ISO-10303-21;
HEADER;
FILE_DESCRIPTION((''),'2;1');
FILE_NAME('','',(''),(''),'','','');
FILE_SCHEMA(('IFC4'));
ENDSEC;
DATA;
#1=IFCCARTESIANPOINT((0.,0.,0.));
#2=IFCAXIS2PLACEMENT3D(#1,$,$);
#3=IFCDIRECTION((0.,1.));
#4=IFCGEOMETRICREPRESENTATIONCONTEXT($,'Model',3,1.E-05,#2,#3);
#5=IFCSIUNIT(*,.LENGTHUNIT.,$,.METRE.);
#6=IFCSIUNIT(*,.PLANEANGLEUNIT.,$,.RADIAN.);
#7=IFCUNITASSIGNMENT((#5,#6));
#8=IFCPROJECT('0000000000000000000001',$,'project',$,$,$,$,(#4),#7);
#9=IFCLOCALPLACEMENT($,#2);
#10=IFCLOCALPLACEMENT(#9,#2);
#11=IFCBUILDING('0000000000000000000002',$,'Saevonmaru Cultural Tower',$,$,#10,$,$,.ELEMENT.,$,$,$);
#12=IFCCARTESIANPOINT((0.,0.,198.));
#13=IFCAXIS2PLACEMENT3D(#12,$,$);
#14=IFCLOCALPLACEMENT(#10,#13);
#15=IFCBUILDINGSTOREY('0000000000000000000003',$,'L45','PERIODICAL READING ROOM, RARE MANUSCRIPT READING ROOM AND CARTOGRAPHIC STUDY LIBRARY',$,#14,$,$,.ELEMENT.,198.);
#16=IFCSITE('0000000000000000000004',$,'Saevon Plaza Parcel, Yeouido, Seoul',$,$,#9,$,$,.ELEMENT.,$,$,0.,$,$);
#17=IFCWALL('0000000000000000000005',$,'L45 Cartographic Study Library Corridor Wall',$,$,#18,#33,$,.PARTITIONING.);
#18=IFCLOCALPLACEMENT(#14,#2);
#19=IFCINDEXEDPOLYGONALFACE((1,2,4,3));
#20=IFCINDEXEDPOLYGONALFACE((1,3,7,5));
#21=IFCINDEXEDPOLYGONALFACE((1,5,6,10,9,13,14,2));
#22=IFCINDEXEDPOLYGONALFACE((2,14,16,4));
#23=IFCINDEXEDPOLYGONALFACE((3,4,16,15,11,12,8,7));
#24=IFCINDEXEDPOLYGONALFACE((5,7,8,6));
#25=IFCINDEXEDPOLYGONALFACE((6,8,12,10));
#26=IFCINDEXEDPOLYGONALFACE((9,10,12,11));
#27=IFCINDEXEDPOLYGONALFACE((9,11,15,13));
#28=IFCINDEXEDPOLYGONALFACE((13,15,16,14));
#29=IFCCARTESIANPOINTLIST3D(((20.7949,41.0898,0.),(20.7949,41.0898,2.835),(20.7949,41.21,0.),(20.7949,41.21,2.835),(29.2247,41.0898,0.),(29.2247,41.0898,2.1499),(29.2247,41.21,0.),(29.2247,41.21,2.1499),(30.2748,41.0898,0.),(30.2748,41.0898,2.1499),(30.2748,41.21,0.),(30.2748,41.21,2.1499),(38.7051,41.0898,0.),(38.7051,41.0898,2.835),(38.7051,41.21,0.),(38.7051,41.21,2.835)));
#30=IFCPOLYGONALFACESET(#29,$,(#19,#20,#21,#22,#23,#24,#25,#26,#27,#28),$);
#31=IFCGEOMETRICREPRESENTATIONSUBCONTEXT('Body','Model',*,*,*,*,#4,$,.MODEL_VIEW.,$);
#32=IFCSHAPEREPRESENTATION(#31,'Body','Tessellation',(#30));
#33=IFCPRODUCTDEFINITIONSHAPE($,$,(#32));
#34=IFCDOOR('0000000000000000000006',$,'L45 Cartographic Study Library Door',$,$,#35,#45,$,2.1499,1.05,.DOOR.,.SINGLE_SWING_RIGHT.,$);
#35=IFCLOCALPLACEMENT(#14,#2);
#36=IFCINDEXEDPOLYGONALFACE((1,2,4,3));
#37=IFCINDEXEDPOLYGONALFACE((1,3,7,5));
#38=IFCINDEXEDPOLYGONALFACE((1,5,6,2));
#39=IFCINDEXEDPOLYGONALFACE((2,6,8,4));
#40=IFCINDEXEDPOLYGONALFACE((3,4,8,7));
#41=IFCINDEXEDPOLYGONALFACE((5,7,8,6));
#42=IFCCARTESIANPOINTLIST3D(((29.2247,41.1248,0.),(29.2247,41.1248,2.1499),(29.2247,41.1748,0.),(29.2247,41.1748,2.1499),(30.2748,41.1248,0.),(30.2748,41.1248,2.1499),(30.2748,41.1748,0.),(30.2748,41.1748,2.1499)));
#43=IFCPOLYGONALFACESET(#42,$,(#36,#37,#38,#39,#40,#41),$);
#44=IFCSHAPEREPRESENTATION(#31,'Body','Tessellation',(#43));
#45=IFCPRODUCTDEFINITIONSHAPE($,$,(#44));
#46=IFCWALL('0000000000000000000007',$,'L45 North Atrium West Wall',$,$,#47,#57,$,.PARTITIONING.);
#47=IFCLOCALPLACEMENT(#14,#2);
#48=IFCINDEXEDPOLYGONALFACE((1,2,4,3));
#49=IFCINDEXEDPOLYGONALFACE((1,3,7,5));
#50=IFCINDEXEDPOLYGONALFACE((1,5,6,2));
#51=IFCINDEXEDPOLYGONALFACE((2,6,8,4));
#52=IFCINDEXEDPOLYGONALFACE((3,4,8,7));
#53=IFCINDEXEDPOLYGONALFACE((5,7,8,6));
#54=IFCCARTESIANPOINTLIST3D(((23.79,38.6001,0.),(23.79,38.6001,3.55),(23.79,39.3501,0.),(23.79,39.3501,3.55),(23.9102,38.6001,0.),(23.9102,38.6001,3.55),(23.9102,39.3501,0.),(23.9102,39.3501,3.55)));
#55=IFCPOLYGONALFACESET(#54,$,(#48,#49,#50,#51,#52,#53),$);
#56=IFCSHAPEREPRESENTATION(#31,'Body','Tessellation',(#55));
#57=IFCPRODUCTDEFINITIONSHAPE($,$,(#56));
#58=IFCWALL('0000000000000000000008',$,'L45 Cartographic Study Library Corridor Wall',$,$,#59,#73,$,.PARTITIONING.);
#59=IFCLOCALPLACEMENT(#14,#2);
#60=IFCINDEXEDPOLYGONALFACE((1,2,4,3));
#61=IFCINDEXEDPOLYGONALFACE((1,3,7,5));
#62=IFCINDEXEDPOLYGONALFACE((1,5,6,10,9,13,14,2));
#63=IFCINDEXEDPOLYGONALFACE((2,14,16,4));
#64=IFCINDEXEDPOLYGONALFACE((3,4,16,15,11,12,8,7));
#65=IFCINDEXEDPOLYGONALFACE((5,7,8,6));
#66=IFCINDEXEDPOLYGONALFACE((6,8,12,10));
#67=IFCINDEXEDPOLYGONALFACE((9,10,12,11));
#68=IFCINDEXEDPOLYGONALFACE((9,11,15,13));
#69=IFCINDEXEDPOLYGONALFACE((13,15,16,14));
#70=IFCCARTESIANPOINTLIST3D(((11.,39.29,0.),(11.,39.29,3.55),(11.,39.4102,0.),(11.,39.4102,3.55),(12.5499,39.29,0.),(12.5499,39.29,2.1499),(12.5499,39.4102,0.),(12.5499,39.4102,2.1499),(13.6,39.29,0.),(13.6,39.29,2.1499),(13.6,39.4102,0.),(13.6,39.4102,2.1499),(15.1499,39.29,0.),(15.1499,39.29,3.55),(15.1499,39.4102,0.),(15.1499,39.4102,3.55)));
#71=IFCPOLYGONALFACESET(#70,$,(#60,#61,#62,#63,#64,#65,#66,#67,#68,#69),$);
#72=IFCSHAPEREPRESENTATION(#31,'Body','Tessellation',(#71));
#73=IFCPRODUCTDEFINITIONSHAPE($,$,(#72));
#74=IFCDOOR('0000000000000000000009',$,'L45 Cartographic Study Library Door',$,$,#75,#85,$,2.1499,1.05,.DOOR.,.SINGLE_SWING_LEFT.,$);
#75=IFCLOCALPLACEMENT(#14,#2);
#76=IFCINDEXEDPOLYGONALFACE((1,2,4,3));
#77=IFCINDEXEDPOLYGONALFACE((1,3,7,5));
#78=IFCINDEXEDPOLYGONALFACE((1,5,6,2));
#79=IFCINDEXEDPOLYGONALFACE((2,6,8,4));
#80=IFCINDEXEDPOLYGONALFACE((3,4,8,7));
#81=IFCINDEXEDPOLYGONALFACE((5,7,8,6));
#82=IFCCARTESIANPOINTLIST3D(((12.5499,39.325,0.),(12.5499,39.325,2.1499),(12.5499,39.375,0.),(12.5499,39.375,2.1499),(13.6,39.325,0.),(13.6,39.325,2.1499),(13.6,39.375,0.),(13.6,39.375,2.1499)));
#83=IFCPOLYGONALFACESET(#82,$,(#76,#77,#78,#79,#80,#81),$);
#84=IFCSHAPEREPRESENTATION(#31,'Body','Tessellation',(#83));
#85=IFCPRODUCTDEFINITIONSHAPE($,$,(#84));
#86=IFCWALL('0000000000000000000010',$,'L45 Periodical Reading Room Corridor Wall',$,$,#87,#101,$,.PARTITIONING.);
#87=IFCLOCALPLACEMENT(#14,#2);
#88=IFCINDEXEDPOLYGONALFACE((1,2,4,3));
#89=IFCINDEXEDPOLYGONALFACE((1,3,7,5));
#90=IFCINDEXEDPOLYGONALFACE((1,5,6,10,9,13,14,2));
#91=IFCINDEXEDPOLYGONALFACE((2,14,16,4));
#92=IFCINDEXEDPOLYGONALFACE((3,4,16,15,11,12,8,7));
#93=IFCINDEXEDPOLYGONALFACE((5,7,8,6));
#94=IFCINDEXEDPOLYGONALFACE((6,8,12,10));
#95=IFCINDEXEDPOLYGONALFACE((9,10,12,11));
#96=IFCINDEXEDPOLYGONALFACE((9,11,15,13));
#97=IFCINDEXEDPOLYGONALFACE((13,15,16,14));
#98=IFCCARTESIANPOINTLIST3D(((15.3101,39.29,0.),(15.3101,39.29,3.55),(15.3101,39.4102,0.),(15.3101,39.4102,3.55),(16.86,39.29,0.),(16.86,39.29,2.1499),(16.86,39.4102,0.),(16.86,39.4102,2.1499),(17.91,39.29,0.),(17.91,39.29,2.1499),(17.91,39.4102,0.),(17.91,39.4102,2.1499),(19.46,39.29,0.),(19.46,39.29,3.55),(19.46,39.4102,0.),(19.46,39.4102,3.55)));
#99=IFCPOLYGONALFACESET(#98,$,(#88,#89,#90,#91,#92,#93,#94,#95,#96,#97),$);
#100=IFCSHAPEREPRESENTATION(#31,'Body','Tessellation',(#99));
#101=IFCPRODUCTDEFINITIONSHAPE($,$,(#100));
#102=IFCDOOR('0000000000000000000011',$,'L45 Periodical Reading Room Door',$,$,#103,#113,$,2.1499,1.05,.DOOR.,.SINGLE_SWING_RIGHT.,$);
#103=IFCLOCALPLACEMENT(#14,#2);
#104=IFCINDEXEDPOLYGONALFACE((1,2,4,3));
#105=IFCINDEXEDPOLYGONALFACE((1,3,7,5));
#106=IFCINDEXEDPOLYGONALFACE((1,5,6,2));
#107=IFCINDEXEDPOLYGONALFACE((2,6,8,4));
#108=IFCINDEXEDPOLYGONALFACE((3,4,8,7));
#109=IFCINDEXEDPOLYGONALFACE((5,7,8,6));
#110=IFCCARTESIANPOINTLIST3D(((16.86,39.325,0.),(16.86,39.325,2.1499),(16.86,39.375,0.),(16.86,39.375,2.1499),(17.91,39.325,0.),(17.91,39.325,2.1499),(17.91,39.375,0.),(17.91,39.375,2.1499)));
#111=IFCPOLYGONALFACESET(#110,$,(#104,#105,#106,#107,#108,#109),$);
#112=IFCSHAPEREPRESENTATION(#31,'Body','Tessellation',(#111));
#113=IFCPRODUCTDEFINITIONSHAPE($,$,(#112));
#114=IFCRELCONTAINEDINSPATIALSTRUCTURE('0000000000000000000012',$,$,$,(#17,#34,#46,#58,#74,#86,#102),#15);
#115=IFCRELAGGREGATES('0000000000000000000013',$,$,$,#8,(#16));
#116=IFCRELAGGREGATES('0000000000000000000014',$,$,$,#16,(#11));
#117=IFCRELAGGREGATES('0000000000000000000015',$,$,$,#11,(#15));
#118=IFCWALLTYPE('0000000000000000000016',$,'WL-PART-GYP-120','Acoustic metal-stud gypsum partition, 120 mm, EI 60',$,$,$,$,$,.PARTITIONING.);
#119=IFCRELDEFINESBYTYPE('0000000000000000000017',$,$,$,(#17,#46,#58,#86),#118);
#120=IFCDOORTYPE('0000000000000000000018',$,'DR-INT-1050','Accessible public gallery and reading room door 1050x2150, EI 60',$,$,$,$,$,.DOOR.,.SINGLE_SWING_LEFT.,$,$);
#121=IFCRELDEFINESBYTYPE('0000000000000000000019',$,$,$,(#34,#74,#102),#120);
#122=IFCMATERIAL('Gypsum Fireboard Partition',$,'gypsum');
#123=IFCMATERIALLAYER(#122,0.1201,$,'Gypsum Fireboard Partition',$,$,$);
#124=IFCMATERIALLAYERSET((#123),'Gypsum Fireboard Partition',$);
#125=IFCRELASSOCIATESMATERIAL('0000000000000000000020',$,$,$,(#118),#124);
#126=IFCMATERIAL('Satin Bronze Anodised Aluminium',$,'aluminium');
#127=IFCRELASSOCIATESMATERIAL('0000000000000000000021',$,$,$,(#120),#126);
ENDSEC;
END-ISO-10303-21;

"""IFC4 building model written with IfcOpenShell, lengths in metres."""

from ifc_helpers import new_model, si_unit, direction, frame, frame_2d, origin, place, context, subcontext, project, spatial, rectangle, extrude, material, layer, layer_set, type_object, element, fill, save


model = new_model("IFC4")

# Units and contexts
model_context = context("Model", 3, precision=1e-05, world=origin(), true_north=direction((0.0, 1.0)))
body_context = subcontext(model_context, "Body", "Model", "MODEL_VIEW")
ifc_project = project(units=[si_unit("LENGTHUNIT", "METRE"), si_unit("PLANEANGLEUNIT", "RADIAN")], contexts=[model_context])

# Site, building, storey
site_placement = place(None, origin())
site = spatial("IfcSite", under=ifc_project, at=site_placement, Name="Saevon Plaza Parcel, Yeouido, Seoul", CompositionType="ELEMENT", RefElevation=0.0)
building_placement = place(site_placement, origin())
building = spatial("IfcBuilding", under=site, at=building_placement, Name="Saevonmaru Cultural Tower", CompositionType="ELEMENT")
storey_placement = place(building_placement, frame((0.0, 0.0, 198.0)))
storey = spatial("IfcBuildingStorey", under=building, at=storey_placement, Name="L45", Description="PERIODICAL READING ROOM, RARE MANUSCRIPT READING ROOM AND CARTOGRAPHIC STUDY LIBRARY", CompositionType="ELEMENT", Elevation=198.0)

# Shared definitions
ifc_material_1 = material(Name="Satin Bronze Anodised Aluminium", Category="aluminium")

# Shared definitions
ifc_material_2 = material(Name="Gypsum Fireboard Partition", Category="gypsum")
ifc_layer_1 = layer(ifc_material_2, 0.1201, Name="Gypsum Fireboard Partition")
ifc_layer_set_1 = layer_set([ifc_layer_1], Name="Gypsum Fireboard Partition")
wall_type_1 = type_object("IfcWallType", Name="WL-PART-GYP-120", Description="Acoustic metal-stud gypsum partition, 120 mm, EI 60", PredefinedType="PARTITIONING", material=ifc_layer_set_1)

# Wall, opening, door
door_type = type_object("IfcDoorType", Name="DR-INT-1050", Description="Accessible public gallery and reading room door 1050x2150, EI 60", OperationType="SINGLE_SWING_LEFT", PredefinedType="DOOR", material=ifc_material_1)
wall_1_placement = place(storey_placement, frame((20.7949, 41.1499, 0.0), z_axis=(0.0, 0.0, 1.0), x_axis=(1.0, 0.0, 0.0)))
wall_1 = element("IfcWall", 1, at=wall_1_placement, inside=storey, type_object=wall_type_1, Name="L45 Cartographic Study Library Corridor Wall", PredefinedType="PARTITIONING", context=body_context, shape_type="SweptSolid", body=[
    extrude(rectangle(XDim=17.9102, YDim=0.1201, at=frame_2d((8.9551, 0.0))), origin(), (0.0, 0.0, 1.0), 2.835),
])
opening_1_placement = place(wall_1_placement, frame((8.4299, 0.0, 0.0)))
opening_1 = element("IfcOpeningElement", 2, at=opening_1_placement, cuts=wall_1, PredefinedType="OPENING", context=body_context, shape_type="SweptSolid", body=[
    extrude(rectangle(XDim=1.05, YDim=2.1499, at=frame_2d((0.5249, 1.075))), frame((0.0, 0.0701, 0.0), z_axis=(0.0, -1.0, 0.0), x_axis=(1.0, 0.0, 0.0)), (0.0, 0.0, 1.0), 0.1401),
])
door_1_placement = place(opening_1_placement, origin())
door_1 = element("IfcDoor", 3, at=door_1_placement, inside=storey, type_object=door_type, Name="L45 Cartographic Study Library Door", OperationType="SINGLE_SWING_RIGHT", OverallHeight=2.1499, OverallWidth=1.05, PredefinedType="DOOR", context=body_context, shape_type="SweptSolid", body=[
    extrude(rectangle(XDim=1.05, YDim=2.1499, at=frame_2d((0.5249, 1.075))), frame((0.0, 0.0249, 0.0), z_axis=(0.0, -1.0, 0.0), x_axis=(1.0, 0.0, 0.0)), (0.0, 0.0, 1.0), 0.05),
])
fill(opening_1, door_1)

# Wall
wall_2_placement = place(storey_placement, frame((23.8501, 38.6001, 0.0), z_axis=(0.0, 0.0, 1.0), x_axis=(0.0, 1.0, 0.0)))
element("IfcWall", 4, at=wall_2_placement, inside=storey, type_object=wall_type_1, Name="L45 North Atrium West Wall", PredefinedType="PARTITIONING", context=body_context, shape_type="SweptSolid", body=[
    extrude(rectangle(XDim=0.75, YDim=0.1201, at=frame_2d((0.375, 0.0))), origin(), (0.0, 0.0, 1.0), 3.55),
])

# Walls, openings, doors
wall_3_placement = place(storey_placement, frame((11.0, 39.3501, 0.0), z_axis=(0.0, 0.0, 1.0), x_axis=(1.0, 0.0, 0.0)))
wall_3 = element("IfcWall", 5, at=wall_3_placement, inside=storey, type_object=wall_type_1, Name="L45 Cartographic Study Library Corridor Wall", PredefinedType="PARTITIONING", context=body_context, shape_type="SweptSolid", body=[
    extrude(rectangle(XDim=4.1499, YDim=0.1201, at=frame_2d((2.075, 0.0))), origin(), (0.0, 0.0, 1.0), 3.55),
])
opening_2_placement = place(wall_3_placement, frame((1.55, 0.0, 0.0)))
opening_2 = element("IfcOpeningElement", 6, at=opening_2_placement, cuts=wall_3, PredefinedType="OPENING", context=body_context, shape_type="SweptSolid", body=[
    extrude(rectangle(XDim=1.05, YDim=2.1499, at=frame_2d((0.5249, 1.075))), frame((0.0, 0.0701, 0.0), z_axis=(0.0, -1.0, 0.0), x_axis=(1.0, 0.0, 0.0)), (0.0, 0.0, 1.0), 0.1401),
])
door_2_placement = place(opening_2_placement, origin())
door_2 = element("IfcDoor", 7, at=door_2_placement, inside=storey, type_object=door_type, Name="L45 Cartographic Study Library Door", OperationType="SINGLE_SWING_LEFT", OverallHeight=2.1499, OverallWidth=1.05, PredefinedType="DOOR", context=body_context, shape_type="SweptSolid", body=[
    extrude(rectangle(XDim=1.05, YDim=2.1499, at=frame_2d((0.5249, 1.075))), frame((0.0, 0.0249, 0.0), z_axis=(0.0, -1.0, 0.0), x_axis=(1.0, 0.0, 0.0)), (0.0, 0.0, 1.0), 0.05),
])
fill(opening_2, door_2)
wall_4_placement = place(storey_placement, frame((15.3101, 39.3501, 0.0), z_axis=(0.0, 0.0, 1.0), x_axis=(1.0, 0.0, 0.0)))
wall_4 = element("IfcWall", 8, at=wall_4_placement, inside=storey, type_object=wall_type_1, Name="L45 Periodical Reading Room Corridor Wall", PredefinedType="PARTITIONING", context=body_context, shape_type="SweptSolid", body=[
    extrude(rectangle(XDim=4.1499, YDim=0.1201, at=frame_2d((2.075, 0.0))), origin(), (0.0, 0.0, 1.0), 3.55),
])
opening_3_placement = place(wall_4_placement, frame((1.55, 0.0, 0.0)))
opening_3 = element("IfcOpeningElement", 9, at=opening_3_placement, cuts=wall_4, PredefinedType="OPENING", context=body_context, shape_type="SweptSolid", body=[
    extrude(rectangle(XDim=1.05, YDim=2.1499, at=frame_2d((0.5249, 1.075))), frame((0.0, 0.0701, 0.0), z_axis=(0.0, -1.0, 0.0), x_axis=(1.0, 0.0, 0.0)), (0.0, 0.0, 1.0), 0.1401),
])
door_3_placement = place(opening_3_placement, origin())
door_3 = element("IfcDoor", 10, at=door_3_placement, inside=storey, type_object=door_type, Name="L45 Periodical Reading Room Door", OperationType="SINGLE_SWING_RIGHT", OverallHeight=2.1499, OverallWidth=1.05, PredefinedType="DOOR", context=body_context, shape_type="SweptSolid", body=[
    extrude(rectangle(XDim=1.05, YDim=2.1499, at=frame_2d((0.5249, 1.075))), frame((0.0, 0.0249, 0.0), z_axis=(0.0, -1.0, 0.0), x_axis=(1.0, 0.0, 0.0)), (0.0, 0.0, 1.0), 0.05),
])
fill(opening_3, door_3)

save(model, "model.ifc")
